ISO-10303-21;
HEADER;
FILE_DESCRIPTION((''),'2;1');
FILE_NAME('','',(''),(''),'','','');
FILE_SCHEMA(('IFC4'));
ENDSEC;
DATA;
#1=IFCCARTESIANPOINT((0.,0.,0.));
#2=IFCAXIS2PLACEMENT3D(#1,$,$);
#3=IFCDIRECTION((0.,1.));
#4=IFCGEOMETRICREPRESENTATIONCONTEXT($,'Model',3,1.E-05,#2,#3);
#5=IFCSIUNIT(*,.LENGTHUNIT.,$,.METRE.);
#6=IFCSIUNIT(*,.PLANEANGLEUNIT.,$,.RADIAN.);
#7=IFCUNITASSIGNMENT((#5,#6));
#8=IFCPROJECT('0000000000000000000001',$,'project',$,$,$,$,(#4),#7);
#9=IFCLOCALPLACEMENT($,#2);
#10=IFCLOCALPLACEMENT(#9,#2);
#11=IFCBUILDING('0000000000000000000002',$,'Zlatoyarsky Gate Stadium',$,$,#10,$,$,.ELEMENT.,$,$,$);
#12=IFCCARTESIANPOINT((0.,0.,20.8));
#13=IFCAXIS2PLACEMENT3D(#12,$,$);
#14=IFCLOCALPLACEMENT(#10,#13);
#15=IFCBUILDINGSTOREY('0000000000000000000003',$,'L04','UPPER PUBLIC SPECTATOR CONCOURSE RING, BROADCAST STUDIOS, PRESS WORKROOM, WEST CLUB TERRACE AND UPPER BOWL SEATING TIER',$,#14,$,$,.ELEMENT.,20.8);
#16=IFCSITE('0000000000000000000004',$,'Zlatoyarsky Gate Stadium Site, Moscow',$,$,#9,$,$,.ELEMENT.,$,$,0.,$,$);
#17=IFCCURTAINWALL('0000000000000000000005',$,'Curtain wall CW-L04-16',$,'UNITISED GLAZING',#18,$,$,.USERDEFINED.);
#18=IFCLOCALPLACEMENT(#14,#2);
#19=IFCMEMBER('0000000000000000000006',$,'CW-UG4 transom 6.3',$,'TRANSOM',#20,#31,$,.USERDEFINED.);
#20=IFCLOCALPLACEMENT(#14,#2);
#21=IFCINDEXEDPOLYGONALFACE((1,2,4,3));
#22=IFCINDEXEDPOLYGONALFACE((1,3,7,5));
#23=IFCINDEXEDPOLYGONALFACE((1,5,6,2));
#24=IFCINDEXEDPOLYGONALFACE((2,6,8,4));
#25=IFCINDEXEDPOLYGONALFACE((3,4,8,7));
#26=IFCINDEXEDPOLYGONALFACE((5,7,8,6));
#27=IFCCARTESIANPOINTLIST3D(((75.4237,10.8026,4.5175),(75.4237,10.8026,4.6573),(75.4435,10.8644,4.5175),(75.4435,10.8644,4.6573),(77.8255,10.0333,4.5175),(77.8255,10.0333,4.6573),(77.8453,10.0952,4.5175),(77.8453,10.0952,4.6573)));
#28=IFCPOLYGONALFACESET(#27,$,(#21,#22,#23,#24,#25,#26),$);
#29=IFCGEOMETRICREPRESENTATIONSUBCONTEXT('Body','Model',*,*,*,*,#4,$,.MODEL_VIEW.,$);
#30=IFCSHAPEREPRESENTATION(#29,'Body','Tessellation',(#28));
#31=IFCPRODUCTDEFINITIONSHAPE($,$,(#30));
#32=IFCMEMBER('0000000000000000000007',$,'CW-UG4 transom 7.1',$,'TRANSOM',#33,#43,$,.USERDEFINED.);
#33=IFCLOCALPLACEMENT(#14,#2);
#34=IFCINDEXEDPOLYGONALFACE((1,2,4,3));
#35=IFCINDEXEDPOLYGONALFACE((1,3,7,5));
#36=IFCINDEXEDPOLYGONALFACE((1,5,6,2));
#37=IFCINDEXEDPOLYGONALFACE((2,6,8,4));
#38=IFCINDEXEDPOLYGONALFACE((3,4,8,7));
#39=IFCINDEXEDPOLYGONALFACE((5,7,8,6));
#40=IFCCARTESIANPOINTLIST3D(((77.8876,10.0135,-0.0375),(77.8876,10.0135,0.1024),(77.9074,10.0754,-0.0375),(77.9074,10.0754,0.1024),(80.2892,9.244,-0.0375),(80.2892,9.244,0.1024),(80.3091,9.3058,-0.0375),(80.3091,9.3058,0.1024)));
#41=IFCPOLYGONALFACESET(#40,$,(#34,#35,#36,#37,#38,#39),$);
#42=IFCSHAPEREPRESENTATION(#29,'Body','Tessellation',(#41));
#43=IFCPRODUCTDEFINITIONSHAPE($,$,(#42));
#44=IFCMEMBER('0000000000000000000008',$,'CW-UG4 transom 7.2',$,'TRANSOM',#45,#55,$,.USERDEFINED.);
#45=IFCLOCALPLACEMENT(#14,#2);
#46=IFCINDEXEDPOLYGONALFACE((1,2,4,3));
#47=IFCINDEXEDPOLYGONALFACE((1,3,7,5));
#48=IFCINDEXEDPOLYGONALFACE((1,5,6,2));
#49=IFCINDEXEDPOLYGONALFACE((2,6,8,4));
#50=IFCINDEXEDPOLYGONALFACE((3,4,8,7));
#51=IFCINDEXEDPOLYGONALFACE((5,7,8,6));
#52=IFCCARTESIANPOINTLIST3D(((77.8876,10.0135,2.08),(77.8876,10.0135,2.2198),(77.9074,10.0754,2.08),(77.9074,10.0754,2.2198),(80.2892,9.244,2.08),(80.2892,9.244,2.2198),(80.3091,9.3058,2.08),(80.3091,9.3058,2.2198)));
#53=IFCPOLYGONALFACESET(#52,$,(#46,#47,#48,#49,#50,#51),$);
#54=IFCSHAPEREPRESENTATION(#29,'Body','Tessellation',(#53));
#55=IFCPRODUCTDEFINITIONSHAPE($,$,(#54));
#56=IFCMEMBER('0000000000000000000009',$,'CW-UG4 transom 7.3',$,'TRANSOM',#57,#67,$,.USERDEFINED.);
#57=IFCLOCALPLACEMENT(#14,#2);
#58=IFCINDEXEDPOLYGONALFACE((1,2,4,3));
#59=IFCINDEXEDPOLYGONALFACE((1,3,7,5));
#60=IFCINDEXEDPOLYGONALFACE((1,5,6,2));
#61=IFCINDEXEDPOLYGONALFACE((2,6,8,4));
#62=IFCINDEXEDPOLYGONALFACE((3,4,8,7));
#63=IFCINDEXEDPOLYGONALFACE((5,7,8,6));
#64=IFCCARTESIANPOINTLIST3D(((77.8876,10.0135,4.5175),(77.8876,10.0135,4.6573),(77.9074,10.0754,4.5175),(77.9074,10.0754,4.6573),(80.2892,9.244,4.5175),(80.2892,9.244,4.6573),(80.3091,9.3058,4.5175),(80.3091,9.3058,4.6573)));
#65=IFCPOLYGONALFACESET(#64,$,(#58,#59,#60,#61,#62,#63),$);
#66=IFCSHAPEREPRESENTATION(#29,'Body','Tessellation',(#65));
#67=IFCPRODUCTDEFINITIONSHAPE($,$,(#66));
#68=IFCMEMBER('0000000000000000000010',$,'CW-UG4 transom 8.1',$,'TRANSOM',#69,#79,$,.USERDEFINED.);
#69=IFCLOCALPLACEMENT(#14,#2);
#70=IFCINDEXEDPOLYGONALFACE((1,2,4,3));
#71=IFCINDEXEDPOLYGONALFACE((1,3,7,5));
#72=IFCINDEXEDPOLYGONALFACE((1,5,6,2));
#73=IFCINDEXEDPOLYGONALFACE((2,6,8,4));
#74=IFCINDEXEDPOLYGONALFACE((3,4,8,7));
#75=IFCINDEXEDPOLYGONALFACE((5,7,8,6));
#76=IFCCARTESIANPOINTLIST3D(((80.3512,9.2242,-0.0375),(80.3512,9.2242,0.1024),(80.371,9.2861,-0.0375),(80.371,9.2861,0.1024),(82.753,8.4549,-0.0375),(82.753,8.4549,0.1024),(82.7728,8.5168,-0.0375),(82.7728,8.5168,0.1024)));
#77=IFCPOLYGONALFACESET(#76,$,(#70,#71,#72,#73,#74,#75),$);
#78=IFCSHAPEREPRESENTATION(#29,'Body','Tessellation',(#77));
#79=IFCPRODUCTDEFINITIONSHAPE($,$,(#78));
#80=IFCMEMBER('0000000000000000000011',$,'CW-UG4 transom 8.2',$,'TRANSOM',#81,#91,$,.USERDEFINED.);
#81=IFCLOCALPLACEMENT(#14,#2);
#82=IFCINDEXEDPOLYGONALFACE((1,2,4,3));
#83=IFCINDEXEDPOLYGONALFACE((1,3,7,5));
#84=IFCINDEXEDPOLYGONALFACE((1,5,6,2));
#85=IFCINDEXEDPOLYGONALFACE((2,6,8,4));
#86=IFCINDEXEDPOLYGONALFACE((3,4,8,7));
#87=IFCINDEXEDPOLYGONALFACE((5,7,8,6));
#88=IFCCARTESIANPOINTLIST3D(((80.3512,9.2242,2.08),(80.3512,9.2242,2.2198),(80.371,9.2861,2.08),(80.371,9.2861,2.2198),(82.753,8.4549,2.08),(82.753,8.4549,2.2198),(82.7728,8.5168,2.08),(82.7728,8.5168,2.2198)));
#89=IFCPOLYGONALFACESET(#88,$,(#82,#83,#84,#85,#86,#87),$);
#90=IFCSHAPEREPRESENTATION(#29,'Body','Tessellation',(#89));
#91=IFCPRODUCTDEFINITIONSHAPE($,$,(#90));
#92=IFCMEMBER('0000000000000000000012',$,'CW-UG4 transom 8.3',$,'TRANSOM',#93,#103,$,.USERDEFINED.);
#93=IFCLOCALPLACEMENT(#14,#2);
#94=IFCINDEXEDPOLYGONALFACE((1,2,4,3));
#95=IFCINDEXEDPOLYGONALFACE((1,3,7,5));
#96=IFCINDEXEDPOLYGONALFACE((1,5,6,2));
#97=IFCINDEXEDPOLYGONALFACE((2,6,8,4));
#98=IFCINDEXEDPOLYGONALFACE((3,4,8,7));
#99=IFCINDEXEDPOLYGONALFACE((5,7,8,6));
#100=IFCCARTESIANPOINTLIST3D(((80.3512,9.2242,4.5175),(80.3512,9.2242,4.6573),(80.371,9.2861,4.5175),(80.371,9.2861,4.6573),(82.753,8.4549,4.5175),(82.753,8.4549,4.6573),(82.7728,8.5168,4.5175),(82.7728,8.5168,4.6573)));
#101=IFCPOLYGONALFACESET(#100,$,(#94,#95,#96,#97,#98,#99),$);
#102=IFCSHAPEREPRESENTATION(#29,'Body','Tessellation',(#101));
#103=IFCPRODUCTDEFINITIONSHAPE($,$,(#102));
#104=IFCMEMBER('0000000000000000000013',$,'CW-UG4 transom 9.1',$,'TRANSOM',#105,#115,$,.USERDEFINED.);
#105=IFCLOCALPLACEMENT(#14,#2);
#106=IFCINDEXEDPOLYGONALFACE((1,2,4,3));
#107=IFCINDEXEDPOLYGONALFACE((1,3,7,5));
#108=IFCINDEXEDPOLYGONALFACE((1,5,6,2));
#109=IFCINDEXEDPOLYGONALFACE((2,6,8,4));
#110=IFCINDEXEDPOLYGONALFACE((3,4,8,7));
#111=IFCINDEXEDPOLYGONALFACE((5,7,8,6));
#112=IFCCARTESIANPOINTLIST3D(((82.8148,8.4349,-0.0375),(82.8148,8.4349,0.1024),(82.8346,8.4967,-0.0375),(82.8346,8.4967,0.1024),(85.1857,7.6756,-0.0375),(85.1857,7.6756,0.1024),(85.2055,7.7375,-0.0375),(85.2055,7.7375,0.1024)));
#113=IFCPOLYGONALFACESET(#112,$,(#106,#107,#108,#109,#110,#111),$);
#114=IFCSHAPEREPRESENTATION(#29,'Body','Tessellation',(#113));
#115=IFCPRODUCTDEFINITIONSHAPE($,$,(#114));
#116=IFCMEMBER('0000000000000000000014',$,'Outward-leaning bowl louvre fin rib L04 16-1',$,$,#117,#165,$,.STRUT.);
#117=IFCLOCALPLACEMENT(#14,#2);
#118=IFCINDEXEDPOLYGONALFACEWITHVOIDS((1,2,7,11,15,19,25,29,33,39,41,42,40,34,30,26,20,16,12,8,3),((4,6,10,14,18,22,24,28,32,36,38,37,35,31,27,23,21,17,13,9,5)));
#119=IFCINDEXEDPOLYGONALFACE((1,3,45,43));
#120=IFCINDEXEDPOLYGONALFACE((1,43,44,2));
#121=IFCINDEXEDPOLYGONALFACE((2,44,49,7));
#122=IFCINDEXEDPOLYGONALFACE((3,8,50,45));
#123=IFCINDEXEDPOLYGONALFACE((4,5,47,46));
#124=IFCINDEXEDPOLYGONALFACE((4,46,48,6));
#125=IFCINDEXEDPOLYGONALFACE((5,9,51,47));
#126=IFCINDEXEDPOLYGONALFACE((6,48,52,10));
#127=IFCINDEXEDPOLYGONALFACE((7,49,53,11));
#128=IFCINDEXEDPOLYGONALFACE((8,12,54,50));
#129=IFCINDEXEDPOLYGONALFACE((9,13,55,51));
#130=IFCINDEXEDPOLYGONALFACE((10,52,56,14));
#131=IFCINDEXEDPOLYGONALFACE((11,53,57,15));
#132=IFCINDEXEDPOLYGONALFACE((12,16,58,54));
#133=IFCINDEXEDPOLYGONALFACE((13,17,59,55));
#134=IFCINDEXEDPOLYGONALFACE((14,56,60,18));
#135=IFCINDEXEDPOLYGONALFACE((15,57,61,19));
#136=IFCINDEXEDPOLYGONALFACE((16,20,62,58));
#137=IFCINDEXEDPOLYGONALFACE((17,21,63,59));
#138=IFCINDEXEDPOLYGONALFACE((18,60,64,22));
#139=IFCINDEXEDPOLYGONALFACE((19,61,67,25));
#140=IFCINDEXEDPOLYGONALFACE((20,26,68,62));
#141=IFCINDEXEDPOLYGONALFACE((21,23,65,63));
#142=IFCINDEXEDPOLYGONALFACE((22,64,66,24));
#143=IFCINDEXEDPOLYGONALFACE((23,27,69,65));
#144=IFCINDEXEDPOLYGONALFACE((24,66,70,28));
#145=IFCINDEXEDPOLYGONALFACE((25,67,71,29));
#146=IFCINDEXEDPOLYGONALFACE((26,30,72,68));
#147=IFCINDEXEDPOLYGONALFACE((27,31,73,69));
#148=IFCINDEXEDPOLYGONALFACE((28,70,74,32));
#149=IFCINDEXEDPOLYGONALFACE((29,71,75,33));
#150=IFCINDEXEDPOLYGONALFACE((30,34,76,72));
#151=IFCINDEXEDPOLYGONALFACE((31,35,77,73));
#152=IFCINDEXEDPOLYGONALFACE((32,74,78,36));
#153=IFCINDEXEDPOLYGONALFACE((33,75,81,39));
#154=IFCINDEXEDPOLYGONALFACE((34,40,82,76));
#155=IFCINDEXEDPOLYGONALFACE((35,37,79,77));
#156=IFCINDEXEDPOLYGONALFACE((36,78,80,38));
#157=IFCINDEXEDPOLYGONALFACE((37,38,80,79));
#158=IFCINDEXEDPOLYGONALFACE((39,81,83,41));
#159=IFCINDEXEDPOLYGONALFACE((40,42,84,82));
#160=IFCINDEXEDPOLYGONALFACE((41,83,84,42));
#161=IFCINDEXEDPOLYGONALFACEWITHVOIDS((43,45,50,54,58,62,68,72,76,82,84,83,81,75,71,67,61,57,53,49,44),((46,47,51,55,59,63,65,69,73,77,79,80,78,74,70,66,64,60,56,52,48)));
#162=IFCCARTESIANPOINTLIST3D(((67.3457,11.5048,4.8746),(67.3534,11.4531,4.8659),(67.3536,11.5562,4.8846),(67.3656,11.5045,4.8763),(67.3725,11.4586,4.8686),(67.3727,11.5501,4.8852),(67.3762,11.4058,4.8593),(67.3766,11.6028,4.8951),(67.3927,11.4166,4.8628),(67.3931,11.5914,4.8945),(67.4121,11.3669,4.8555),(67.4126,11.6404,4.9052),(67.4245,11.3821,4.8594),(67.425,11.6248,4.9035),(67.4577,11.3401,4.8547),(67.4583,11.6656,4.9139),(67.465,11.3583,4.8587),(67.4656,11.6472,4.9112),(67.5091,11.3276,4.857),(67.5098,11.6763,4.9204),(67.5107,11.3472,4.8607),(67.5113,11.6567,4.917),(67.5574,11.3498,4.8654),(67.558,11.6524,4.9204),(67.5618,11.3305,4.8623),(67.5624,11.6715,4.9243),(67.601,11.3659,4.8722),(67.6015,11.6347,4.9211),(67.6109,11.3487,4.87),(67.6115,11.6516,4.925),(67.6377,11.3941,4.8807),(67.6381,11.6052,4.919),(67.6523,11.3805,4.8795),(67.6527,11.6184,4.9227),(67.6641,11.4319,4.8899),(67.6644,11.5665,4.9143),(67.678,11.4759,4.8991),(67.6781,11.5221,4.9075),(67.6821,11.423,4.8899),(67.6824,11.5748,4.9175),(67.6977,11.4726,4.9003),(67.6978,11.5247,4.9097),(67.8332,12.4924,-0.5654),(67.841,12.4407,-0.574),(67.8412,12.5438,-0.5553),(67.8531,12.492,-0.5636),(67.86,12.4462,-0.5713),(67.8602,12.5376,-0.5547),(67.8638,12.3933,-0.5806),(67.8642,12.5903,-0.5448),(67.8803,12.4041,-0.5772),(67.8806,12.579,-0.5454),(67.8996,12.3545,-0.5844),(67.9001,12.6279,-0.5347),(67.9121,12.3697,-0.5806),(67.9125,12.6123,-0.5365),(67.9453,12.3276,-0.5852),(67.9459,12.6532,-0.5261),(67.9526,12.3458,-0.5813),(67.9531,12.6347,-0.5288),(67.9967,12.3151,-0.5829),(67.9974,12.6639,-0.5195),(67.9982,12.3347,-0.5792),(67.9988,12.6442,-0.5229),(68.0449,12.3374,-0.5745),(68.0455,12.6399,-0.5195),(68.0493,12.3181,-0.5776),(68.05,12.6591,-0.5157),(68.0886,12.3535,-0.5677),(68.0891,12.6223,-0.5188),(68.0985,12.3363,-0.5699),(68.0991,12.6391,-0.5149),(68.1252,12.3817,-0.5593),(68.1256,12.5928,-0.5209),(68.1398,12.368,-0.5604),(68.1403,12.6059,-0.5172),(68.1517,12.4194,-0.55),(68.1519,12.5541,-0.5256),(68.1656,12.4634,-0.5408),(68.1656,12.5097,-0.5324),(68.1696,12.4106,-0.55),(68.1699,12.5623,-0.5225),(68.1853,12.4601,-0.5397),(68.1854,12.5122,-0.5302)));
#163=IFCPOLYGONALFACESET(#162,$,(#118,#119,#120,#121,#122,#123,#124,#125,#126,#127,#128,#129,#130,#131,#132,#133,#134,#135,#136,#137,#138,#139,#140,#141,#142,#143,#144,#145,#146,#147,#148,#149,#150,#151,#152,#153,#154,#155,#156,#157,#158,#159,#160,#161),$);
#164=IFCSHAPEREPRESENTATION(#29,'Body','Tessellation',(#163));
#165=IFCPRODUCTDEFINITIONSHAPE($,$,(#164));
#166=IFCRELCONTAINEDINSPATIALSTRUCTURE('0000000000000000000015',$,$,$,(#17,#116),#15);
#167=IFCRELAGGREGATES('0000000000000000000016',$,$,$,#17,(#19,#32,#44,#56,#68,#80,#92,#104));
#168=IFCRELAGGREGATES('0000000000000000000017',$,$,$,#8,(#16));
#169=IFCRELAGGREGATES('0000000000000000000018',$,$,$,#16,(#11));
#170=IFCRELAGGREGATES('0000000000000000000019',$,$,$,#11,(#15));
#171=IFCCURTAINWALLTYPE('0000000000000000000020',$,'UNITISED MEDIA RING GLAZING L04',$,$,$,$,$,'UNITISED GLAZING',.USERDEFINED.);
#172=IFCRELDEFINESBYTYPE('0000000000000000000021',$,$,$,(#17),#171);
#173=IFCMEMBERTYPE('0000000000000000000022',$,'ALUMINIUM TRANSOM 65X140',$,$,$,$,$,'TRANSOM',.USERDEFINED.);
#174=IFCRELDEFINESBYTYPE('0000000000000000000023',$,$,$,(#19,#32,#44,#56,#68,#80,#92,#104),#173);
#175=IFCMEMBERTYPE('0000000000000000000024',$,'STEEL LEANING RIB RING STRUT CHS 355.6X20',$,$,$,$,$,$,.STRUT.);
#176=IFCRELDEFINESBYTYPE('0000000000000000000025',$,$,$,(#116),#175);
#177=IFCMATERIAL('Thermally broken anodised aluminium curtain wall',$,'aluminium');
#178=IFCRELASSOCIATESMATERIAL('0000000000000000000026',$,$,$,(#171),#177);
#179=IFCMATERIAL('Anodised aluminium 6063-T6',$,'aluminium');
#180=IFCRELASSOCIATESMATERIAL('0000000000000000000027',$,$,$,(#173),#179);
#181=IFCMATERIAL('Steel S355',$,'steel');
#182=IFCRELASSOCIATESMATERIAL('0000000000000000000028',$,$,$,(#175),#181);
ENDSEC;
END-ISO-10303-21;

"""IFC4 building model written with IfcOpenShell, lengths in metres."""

from ifc_helpers import new_model, si_unit, direction, frame, origin, origin_2d, place, context, subcontext, project, spatial, rectangle, hollow_circle, extrude, material, material_profile, profile_set, type_object, element, aggregate, save


model = new_model("IFC4")

# Units and contexts
model_context = context("Model", 3, precision=1e-05, world=origin(), true_north=direction((0.0, 1.0)))
body_context = subcontext(model_context, "Body", "Model", "MODEL_VIEW")
ifc_project = project(units=[si_unit("LENGTHUNIT", "METRE"), si_unit("PLANEANGLEUNIT", "RADIAN")], contexts=[model_context])

# Site, building, storey
site_placement = place(None, origin())
site = spatial("IfcSite", under=ifc_project, at=site_placement, Name="Zlatoyarsky Gate Stadium Site, Moscow", CompositionType="ELEMENT", RefElevation=0.0)
building_placement = place(site_placement, origin())
building = spatial("IfcBuilding", under=site, at=building_placement, Name="Zlatoyarsky Gate Stadium", CompositionType="ELEMENT")
storey_placement = place(building_placement, frame((0.0, 0.0, 20.8)))
storey = spatial("IfcBuildingStorey", under=building, at=storey_placement, Name="L04", Description="UPPER PUBLIC SPECTATOR CONCOURSE RING, BROADCAST STUDIOS, PRESS WORKROOM, WEST CLUB TERRACE AND UPPER BOWL SEATING TIER", CompositionType="ELEMENT", Elevation=20.8)

# Curtain wall, members
ifc_material_1 = material(Name="Thermally broken anodised aluminium curtain wall", Category="aluminium")
curtain_wall_type = type_object("IfcCurtainWallType", Name="UNITISED MEDIA RING GLAZING L04", ElementType="UNITISED GLAZING", PredefinedType="USERDEFINED", material=ifc_material_1)
curtain_wall_placement = place(storey_placement, origin())
curtain_wall = element("IfcCurtainWall", 1, at=curtain_wall_placement, inside=storey, type_object=curtain_wall_type, Name="Curtain wall CW-L04-16", ObjectType="UNITISED GLAZING", PredefinedType="USERDEFINED")
ifc_material_2 = material(Name="Anodised aluminium 6063-T6", Category="aluminium")
ifc_material_profile_1 = material_profile(ifc_material_2, rectangle(XDim=0.0649, YDim=0.1399, at=origin_2d()), Name="ALU 65X140")
ifc_profile_set_1 = profile_set([ifc_material_profile_1], Name="Anodised aluminium 6063-T6")
member_type_1 = type_object("IfcMemberType", Name="ALUMINIUM TRANSOM 65X140", ElementType="TRANSOM", PredefinedType="USERDEFINED", material=ifc_profile_set_1)
member_1_placement = place(storey_placement, frame((75.4336, 10.8335, 4.5874), z_axis=(0.952344, -0.305025, 0.0), x_axis=(0.305025, 0.952344, 0.0)))
member_1 = element("IfcMember", 2, at=member_1_placement, type_object=member_type_1, Name="CW-UG4 transom 6.3", ObjectType="TRANSOM", PredefinedType="USERDEFINED", context=body_context, shape_type="SweptSolid", body=[
    extrude(rectangle(XDim=0.0649, YDim=0.1399, at=origin_2d()), origin(), (0.0, 0.0, 1.0), 2.522),
])
member_2_placement = place(storey_placement, frame((77.8975, 10.0444, 0.0325), z_axis=(0.952307, -0.305141, 0.0), x_axis=(0.305141, 0.952307, 0.0)))
member_2 = element("IfcMember", 3, at=member_2_placement, type_object=member_type_1, Name="CW-UG4 transom 7.1", ObjectType="TRANSOM", PredefinedType="USERDEFINED", context=body_context, shape_type="SweptSolid", body=[
    extrude(rectangle(XDim=0.0649, YDim=0.1399, at=origin_2d()), origin(), (0.0, 0.0, 1.0), 2.522),
])
member_3_placement = place(storey_placement, frame((77.8975, 10.0444, 2.1499), z_axis=(0.952307, -0.305141, 0.0), x_axis=(0.305141, 0.952307, 0.0)))
member_3 = element("IfcMember", 4, at=member_3_placement, type_object=member_type_1, Name="CW-UG4 transom 7.2", ObjectType="TRANSOM", PredefinedType="USERDEFINED", context=body_context, shape_type="SweptSolid", body=[
    extrude(rectangle(XDim=0.0649, YDim=0.1399, at=origin_2d()), origin(), (0.0, 0.0, 1.0), 2.522),
])
member_4_placement = place(storey_placement, frame((77.8975, 10.0444, 4.5874), z_axis=(0.952307, -0.305141, 0.0), x_axis=(0.305141, 0.952307, 0.0)))
member_4 = element("IfcMember", 5, at=member_4_placement, type_object=member_type_1, Name="CW-UG4 transom 7.3", ObjectType="TRANSOM", PredefinedType="USERDEFINED", context=body_context, shape_type="SweptSolid", body=[
    extrude(rectangle(XDim=0.0649, YDim=0.1399, at=origin_2d()), origin(), (0.0, 0.0, 1.0), 2.522),
])
member_5_placement = place(storey_placement, frame((80.3611, 9.2551, 0.0325), z_axis=(0.952344, -0.305025, 0.0), x_axis=(0.305025, 0.952344, 0.0)))
member_5 = element("IfcMember", 6, at=member_5_placement, type_object=member_type_1, Name="CW-UG4 transom 8.1", ObjectType="TRANSOM", PredefinedType="USERDEFINED", context=body_context, shape_type="SweptSolid", body=[
    extrude(rectangle(XDim=0.0649, YDim=0.1399, at=origin_2d()), origin(), (0.0, 0.0, 1.0), 2.522),
])
member_6_placement = place(storey_placement, frame((80.3611, 9.2551, 2.1499), z_axis=(0.952344, -0.305025, 0.0), x_axis=(0.305025, 0.952344, 0.0)))
member_6 = element("IfcMember", 7, at=member_6_placement, type_object=member_type_1, Name="CW-UG4 transom 8.2", ObjectType="TRANSOM", PredefinedType="USERDEFINED", context=body_context, shape_type="SweptSolid", body=[
    extrude(rectangle(XDim=0.0649, YDim=0.1399, at=origin_2d()), origin(), (0.0, 0.0, 1.0), 2.522),
])
member_7_placement = place(storey_placement, frame((80.3611, 9.2551, 4.5874), z_axis=(0.952344, -0.305025, 0.0), x_axis=(0.305025, 0.952344, 0.0)))
member_7 = element("IfcMember", 8, at=member_7_placement, type_object=member_type_1, Name="CW-UG4 transom 8.3", ObjectType="TRANSOM", PredefinedType="USERDEFINED", context=body_context, shape_type="SweptSolid", body=[
    extrude(rectangle(XDim=0.0649, YDim=0.1399, at=origin_2d()), origin(), (0.0, 0.0, 1.0), 2.522),
])
member_8_placement = place(storey_placement, frame((82.8247, 8.4658, 0.0325), z_axis=(0.952354, -0.304996, 0.0), x_axis=(0.304996, 0.952354, 0.0)))
member_8 = element("IfcMember", 9, at=member_8_placement, type_object=member_type_1, Name="CW-UG4 transom 9.1", ObjectType="TRANSOM", PredefinedType="USERDEFINED", context=body_context, shape_type="SweptSolid", body=[
    extrude(rectangle(XDim=0.0649, YDim=0.1399, at=origin_2d()), origin(), (0.0, 0.0, 1.0), 2.4895),
])

# Member
ifc_material_3 = material(Name="Steel S355", Category="steel")
ifc_material_profile_2 = material_profile(ifc_material_3, hollow_circle(Radius=0.1777, WallThickness=0.02, at=origin_2d()), Name="CHS 355.6X20")
ifc_profile_set_2 = profile_set([ifc_material_profile_2], Name="Steel S355")
member_type_2 = type_object("IfcMemberType", Name="STEEL LEANING RIB RING STRUT CHS 355.6X20", PredefinedType="STRUT", material=ifc_profile_set_2)
member_9_placement = place(storey_placement, frame((68.0103, 12.4893, -0.55), z_axis=(-0.087842, -0.177927, 0.980115), x_axis=(0.896677, -0.442686, 0.0)))
element("IfcMember", 10, at=member_9_placement, inside=storey, type_object=member_type_2, Name="Outward-leaning bowl louvre fin rib L04 16-1", PredefinedType="STRUT", context=body_context, shape_type="SweptSolid", body=[
    extrude(hollow_circle(Radius=0.1777, WallThickness=0.02, at=origin_2d()), origin(), (0.0, 0.0, 1.0), 5.5503),
])

aggregate(curtain_wall, [member_1, member_2, member_3, member_4, member_5, member_6, member_7, member_8])

save(model, "model.ifc")
